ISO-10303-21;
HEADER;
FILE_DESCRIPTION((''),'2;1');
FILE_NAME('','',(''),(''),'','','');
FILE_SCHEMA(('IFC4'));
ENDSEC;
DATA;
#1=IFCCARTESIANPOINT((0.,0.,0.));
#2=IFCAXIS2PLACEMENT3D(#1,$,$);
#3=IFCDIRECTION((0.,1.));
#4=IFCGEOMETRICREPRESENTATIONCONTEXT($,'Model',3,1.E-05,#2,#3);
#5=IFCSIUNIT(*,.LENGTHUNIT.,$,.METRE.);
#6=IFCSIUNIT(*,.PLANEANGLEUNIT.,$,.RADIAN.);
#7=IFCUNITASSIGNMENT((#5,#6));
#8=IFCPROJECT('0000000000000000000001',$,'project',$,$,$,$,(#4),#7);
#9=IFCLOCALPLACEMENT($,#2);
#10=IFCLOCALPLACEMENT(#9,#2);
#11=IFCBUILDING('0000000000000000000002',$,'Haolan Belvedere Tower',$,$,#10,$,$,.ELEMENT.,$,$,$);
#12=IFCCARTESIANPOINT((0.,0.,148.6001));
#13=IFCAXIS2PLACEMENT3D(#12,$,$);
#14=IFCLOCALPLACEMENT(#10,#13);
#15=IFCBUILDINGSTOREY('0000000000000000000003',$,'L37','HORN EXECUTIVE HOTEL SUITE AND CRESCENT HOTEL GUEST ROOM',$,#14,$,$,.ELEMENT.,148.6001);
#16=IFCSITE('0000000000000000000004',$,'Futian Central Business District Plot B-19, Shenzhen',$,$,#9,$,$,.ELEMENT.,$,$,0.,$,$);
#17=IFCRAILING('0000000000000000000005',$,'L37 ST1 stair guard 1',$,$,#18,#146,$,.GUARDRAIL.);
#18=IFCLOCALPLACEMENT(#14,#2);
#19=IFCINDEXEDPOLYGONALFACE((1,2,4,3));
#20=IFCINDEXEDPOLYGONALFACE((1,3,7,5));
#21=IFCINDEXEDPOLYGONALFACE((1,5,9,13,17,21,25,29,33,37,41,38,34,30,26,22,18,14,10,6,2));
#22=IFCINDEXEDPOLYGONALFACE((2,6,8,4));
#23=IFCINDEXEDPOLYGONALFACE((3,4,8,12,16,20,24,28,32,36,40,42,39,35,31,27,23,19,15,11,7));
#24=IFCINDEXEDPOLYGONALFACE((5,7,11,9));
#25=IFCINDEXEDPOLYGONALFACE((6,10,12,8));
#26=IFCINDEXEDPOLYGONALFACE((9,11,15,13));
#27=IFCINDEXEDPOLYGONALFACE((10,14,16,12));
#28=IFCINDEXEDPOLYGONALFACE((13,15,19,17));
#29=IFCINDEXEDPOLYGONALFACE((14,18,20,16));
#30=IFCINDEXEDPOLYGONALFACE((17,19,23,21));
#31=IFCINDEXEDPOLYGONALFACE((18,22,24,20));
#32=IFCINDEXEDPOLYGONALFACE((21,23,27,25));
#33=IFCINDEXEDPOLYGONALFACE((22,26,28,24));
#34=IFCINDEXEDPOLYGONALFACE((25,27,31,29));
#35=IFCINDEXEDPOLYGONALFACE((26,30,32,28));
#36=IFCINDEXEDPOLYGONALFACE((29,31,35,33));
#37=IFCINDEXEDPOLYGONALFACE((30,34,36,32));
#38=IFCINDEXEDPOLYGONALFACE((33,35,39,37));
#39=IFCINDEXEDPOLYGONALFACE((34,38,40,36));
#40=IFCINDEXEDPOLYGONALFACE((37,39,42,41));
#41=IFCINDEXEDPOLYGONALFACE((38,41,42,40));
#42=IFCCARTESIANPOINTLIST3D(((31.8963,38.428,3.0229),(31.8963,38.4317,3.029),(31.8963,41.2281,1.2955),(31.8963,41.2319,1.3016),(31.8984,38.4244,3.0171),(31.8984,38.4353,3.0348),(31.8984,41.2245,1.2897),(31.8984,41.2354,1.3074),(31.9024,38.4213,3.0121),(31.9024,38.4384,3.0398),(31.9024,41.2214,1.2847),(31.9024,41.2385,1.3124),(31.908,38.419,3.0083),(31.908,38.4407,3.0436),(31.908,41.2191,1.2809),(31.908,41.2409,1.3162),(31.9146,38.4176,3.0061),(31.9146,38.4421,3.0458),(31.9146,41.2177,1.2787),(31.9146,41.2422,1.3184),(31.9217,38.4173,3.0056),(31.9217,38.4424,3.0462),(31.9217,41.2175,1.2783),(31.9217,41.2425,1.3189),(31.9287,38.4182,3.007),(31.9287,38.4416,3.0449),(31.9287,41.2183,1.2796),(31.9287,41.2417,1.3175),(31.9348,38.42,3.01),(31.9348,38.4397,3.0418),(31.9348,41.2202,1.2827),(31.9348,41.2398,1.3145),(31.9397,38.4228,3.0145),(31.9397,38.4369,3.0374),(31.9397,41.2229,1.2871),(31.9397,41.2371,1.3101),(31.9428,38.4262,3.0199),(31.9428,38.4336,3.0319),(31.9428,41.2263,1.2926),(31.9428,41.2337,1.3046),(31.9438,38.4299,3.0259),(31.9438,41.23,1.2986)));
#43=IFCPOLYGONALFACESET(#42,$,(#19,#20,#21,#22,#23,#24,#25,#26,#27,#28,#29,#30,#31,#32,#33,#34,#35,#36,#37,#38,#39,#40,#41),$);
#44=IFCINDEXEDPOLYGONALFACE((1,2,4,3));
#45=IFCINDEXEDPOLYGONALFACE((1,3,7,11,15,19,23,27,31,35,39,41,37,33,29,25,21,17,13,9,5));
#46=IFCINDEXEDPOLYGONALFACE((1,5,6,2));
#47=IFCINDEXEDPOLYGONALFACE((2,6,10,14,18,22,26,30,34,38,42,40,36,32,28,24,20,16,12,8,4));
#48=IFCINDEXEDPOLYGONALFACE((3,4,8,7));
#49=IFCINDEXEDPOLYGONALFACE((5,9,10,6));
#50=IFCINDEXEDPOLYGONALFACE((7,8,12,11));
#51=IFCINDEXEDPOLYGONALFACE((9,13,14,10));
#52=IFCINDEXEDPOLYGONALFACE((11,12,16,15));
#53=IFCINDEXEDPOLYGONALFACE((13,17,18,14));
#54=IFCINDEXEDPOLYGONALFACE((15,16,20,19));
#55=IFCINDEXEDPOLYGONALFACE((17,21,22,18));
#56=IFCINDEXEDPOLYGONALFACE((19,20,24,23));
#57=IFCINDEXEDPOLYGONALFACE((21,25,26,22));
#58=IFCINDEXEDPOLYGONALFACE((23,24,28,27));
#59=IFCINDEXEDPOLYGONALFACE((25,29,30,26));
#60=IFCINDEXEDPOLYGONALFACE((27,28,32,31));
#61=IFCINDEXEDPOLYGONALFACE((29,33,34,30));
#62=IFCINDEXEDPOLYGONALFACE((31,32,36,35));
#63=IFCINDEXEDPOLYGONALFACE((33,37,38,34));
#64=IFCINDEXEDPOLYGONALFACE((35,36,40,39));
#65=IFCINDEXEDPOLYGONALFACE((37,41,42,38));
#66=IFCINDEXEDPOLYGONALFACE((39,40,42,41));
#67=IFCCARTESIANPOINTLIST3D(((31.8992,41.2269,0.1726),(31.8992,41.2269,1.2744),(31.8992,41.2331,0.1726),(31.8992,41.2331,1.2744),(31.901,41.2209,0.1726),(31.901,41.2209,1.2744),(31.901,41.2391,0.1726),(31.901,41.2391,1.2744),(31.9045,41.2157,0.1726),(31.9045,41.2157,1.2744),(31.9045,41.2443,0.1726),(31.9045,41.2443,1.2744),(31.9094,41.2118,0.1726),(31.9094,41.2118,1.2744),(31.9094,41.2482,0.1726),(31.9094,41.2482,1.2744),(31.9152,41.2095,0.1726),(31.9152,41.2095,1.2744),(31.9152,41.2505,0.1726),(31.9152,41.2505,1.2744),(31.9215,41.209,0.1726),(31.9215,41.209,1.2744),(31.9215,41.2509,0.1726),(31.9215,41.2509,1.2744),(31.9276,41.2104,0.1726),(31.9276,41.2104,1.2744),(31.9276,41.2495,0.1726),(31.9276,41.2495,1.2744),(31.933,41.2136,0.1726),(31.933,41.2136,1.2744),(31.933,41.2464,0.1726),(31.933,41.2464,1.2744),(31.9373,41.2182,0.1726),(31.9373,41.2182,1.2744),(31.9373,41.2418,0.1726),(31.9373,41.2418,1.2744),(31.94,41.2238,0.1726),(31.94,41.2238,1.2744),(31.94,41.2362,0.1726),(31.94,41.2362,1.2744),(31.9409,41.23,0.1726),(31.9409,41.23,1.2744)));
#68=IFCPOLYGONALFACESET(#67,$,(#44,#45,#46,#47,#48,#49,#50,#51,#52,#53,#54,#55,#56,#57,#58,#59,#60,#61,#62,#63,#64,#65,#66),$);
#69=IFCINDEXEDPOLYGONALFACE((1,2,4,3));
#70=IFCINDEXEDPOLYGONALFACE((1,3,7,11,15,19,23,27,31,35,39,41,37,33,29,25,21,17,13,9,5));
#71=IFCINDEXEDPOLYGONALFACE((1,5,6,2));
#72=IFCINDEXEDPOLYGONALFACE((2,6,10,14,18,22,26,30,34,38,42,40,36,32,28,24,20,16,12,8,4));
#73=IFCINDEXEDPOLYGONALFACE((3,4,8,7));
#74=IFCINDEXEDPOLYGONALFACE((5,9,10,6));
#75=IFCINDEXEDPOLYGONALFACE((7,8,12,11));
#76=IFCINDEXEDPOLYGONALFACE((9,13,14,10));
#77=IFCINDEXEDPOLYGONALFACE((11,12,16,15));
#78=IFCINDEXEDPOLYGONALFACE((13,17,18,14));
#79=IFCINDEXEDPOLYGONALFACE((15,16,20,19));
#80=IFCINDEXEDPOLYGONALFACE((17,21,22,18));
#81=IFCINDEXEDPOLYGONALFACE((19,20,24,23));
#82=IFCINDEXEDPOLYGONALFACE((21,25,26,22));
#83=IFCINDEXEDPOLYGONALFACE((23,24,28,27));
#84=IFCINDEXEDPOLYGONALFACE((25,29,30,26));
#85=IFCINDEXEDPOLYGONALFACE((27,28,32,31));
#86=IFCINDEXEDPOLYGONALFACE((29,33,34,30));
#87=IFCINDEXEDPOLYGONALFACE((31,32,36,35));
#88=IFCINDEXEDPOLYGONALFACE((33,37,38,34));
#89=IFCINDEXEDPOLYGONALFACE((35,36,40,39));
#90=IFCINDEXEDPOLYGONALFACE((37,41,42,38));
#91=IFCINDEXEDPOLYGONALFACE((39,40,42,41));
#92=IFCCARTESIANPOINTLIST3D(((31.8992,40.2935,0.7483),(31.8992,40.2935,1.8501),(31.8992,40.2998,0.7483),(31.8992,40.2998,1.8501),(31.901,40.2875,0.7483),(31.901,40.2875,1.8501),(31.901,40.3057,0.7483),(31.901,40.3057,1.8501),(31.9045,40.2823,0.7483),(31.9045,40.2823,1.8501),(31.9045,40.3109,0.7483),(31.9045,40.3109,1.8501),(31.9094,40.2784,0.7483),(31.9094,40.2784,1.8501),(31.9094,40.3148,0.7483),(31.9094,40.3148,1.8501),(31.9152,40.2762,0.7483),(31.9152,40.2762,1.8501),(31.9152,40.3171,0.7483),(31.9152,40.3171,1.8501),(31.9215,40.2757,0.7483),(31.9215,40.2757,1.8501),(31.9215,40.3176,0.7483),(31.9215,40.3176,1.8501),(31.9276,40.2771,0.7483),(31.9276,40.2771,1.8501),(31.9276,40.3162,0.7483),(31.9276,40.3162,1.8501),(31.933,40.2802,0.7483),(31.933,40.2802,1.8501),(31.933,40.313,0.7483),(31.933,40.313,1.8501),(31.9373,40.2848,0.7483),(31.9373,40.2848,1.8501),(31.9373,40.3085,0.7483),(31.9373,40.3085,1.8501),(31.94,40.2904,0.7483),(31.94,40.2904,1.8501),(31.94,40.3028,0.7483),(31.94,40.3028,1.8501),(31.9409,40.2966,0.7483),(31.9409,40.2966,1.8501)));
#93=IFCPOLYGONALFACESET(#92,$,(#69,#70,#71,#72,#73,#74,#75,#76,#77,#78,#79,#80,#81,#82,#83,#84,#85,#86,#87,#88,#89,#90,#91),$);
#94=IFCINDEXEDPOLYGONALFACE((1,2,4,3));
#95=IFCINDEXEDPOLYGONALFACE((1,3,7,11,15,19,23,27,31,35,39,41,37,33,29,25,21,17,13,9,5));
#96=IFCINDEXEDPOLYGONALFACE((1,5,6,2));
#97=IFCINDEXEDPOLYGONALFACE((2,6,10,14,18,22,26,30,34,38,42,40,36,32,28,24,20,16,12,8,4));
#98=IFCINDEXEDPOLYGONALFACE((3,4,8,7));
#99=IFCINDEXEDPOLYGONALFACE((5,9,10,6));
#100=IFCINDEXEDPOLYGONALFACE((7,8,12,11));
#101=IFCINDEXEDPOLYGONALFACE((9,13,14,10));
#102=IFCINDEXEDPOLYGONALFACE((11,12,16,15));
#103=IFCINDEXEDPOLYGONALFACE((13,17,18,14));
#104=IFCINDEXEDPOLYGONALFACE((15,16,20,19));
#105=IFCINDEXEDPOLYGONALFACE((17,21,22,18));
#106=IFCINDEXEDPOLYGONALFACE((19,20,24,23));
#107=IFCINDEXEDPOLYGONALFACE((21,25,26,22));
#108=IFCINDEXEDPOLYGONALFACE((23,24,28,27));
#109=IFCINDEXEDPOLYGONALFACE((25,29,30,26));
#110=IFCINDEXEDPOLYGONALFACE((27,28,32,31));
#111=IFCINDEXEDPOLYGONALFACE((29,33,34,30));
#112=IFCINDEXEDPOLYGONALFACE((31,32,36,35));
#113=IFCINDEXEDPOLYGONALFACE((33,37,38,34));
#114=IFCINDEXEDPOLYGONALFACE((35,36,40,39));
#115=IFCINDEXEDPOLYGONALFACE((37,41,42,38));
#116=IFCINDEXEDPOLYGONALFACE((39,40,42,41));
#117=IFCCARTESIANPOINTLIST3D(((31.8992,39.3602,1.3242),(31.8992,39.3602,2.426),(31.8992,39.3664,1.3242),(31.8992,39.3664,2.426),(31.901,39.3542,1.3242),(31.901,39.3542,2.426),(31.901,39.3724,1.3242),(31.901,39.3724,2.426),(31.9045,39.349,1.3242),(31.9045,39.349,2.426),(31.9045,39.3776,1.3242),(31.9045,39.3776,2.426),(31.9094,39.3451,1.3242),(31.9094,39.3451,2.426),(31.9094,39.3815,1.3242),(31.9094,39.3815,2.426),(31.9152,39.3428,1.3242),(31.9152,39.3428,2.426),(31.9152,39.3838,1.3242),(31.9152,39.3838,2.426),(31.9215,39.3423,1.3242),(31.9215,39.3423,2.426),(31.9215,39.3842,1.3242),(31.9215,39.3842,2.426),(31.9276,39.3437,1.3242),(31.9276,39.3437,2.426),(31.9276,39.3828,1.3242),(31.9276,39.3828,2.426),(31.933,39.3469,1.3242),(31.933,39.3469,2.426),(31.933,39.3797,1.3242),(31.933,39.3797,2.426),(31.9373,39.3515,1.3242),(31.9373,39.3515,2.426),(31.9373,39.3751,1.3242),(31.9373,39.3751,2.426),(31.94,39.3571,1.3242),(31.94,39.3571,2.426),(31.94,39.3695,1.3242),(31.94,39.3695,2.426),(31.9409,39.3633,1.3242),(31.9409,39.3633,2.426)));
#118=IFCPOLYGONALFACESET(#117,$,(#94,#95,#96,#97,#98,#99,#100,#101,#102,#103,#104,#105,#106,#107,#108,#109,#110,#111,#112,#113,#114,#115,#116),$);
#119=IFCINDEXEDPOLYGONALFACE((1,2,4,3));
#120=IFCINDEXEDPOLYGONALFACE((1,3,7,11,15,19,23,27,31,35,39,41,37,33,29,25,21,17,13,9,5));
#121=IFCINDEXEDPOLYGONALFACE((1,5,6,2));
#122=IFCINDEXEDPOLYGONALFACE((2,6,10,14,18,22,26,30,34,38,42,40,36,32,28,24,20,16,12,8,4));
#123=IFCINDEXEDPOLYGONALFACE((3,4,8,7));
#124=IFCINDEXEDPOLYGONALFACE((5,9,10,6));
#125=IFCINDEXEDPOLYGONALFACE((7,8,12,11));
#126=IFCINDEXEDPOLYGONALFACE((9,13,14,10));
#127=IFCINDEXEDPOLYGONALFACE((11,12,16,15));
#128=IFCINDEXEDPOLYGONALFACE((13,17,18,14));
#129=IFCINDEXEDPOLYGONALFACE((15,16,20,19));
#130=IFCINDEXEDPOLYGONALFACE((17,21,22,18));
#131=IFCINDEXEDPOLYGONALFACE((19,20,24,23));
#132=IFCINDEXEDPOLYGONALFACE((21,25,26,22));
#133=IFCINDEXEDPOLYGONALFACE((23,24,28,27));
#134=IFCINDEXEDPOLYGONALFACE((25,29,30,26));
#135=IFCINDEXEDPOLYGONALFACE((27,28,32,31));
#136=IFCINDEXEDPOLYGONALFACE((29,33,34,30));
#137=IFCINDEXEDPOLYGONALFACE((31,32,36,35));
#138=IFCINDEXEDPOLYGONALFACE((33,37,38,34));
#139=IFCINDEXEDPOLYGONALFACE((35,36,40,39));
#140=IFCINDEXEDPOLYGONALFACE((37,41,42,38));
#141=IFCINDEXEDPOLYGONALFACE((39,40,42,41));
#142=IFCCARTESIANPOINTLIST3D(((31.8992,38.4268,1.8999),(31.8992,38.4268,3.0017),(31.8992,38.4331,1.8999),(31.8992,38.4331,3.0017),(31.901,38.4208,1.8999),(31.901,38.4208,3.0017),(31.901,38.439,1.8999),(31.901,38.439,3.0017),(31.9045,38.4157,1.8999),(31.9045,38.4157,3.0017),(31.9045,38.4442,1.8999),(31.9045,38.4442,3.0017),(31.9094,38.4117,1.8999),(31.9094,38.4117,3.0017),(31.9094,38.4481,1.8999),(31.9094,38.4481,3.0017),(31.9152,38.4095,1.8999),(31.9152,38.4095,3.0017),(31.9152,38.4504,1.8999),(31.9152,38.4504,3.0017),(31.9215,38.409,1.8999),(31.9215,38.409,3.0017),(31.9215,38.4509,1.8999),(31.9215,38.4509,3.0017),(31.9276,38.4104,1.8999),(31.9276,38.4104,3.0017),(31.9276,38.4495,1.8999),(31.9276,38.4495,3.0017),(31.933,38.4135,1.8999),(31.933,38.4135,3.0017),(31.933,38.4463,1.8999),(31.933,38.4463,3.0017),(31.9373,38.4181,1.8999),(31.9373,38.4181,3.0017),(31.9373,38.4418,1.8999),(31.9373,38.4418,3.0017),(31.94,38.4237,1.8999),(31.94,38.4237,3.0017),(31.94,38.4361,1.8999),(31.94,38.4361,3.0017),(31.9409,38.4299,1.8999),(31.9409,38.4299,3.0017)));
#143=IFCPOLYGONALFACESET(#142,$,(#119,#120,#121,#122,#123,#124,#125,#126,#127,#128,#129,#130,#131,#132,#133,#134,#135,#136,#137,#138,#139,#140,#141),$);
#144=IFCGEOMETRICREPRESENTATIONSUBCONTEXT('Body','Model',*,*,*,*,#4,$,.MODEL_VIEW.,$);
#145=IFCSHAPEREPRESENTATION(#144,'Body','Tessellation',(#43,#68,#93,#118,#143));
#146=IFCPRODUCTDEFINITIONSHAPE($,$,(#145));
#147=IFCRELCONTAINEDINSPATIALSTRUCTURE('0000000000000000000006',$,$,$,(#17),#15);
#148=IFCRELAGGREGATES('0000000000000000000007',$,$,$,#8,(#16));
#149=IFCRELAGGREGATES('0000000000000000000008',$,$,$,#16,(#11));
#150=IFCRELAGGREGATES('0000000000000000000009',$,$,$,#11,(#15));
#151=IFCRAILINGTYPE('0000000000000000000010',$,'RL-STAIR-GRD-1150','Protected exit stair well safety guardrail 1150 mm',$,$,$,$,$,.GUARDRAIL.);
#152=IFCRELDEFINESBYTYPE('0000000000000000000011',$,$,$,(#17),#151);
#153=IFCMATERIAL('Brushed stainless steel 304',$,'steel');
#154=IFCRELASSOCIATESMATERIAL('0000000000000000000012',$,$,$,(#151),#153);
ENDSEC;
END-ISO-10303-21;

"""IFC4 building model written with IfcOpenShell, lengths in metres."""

from ifc_helpers import new_model, si_unit, direction, frame, origin, origin_2d, place, context, subcontext, project, spatial, circle, extrude, material, type_object, element, save


model = new_model("IFC4")

# Units and contexts
model_context = context("Model", 3, precision=1e-05, world=origin(), true_north=direction((0.0, 1.0)))
body_context = subcontext(model_context, "Body", "Model", "MODEL_VIEW")
ifc_project = project(units=[si_unit("LENGTHUNIT", "METRE"), si_unit("PLANEANGLEUNIT", "RADIAN")], contexts=[model_context])

# Site, building, storey
site_placement = place(None, origin())
site = spatial("IfcSite", under=ifc_project, at=site_placement, Name="Futian Central Business District Plot B-19, Shenzhen", CompositionType="ELEMENT", RefElevation=0.0)
building_placement = place(site_placement, origin())
building = spatial("IfcBuilding", under=site, at=building_placement, Name="Haolan Belvedere Tower", CompositionType="ELEMENT")
storey_placement = place(building_placement, frame((0.0, 0.0, 148.6001)))
storey = spatial("IfcBuildingStorey", under=building, at=storey_placement, Name="L37", Description="HORN EXECUTIVE HOTEL SUITE AND CRESCENT HOTEL GUEST ROOM", CompositionType="ELEMENT", Elevation=148.6001)

# Railing
ifc_material_1 = material(Name="Brushed stainless steel 304", Category="steel")
railing_type_1 = type_object("IfcRailingType", Name="RL-STAIR-GRD-1150", Description="Protected exit stair well safety guardrail 1150 mm", PredefinedType="GUARDRAIL", material=ifc_material_1)
railing_1_placement = place(storey_placement, frame((31.9199, 41.23, 0.1726)))
element("IfcRailing", 1, at=railing_1_placement, inside=storey, type_object=railing_type_1, Name="L37 ST1 stair guard 1", PredefinedType="GUARDRAIL", context=body_context, shape_type="SweptSolid", body=[
    extrude(circle(Radius=0.0239, at=origin_2d()), frame((0.0, 0.0, 1.126), z_axis=(0.0, -0.85109, 0.52502), x_axis=(1.0, 0.0, 0.0)), (0.0, 0.0, 1.0), 3.29),
    extrude(circle(Radius=0.021, at=origin_2d()), origin(), (0.0, 0.0, 1.0), 1.1018),
    extrude(circle(Radius=0.021, at=origin_2d()), frame((0.0, -0.9333, 0.5757)), (0.0, 0.0, 1.0), 1.1018),
    extrude(circle(Radius=0.021, at=origin_2d()), frame((0.0, -1.8667, 1.1516)), (0.0, 0.0, 1.0), 1.1018),
    extrude(circle(Radius=0.021, at=origin_2d()), frame((0.0, -2.8, 1.7273)), (0.0, 0.0, 1.0), 1.1018),
])

save(model, "model.ifc")
